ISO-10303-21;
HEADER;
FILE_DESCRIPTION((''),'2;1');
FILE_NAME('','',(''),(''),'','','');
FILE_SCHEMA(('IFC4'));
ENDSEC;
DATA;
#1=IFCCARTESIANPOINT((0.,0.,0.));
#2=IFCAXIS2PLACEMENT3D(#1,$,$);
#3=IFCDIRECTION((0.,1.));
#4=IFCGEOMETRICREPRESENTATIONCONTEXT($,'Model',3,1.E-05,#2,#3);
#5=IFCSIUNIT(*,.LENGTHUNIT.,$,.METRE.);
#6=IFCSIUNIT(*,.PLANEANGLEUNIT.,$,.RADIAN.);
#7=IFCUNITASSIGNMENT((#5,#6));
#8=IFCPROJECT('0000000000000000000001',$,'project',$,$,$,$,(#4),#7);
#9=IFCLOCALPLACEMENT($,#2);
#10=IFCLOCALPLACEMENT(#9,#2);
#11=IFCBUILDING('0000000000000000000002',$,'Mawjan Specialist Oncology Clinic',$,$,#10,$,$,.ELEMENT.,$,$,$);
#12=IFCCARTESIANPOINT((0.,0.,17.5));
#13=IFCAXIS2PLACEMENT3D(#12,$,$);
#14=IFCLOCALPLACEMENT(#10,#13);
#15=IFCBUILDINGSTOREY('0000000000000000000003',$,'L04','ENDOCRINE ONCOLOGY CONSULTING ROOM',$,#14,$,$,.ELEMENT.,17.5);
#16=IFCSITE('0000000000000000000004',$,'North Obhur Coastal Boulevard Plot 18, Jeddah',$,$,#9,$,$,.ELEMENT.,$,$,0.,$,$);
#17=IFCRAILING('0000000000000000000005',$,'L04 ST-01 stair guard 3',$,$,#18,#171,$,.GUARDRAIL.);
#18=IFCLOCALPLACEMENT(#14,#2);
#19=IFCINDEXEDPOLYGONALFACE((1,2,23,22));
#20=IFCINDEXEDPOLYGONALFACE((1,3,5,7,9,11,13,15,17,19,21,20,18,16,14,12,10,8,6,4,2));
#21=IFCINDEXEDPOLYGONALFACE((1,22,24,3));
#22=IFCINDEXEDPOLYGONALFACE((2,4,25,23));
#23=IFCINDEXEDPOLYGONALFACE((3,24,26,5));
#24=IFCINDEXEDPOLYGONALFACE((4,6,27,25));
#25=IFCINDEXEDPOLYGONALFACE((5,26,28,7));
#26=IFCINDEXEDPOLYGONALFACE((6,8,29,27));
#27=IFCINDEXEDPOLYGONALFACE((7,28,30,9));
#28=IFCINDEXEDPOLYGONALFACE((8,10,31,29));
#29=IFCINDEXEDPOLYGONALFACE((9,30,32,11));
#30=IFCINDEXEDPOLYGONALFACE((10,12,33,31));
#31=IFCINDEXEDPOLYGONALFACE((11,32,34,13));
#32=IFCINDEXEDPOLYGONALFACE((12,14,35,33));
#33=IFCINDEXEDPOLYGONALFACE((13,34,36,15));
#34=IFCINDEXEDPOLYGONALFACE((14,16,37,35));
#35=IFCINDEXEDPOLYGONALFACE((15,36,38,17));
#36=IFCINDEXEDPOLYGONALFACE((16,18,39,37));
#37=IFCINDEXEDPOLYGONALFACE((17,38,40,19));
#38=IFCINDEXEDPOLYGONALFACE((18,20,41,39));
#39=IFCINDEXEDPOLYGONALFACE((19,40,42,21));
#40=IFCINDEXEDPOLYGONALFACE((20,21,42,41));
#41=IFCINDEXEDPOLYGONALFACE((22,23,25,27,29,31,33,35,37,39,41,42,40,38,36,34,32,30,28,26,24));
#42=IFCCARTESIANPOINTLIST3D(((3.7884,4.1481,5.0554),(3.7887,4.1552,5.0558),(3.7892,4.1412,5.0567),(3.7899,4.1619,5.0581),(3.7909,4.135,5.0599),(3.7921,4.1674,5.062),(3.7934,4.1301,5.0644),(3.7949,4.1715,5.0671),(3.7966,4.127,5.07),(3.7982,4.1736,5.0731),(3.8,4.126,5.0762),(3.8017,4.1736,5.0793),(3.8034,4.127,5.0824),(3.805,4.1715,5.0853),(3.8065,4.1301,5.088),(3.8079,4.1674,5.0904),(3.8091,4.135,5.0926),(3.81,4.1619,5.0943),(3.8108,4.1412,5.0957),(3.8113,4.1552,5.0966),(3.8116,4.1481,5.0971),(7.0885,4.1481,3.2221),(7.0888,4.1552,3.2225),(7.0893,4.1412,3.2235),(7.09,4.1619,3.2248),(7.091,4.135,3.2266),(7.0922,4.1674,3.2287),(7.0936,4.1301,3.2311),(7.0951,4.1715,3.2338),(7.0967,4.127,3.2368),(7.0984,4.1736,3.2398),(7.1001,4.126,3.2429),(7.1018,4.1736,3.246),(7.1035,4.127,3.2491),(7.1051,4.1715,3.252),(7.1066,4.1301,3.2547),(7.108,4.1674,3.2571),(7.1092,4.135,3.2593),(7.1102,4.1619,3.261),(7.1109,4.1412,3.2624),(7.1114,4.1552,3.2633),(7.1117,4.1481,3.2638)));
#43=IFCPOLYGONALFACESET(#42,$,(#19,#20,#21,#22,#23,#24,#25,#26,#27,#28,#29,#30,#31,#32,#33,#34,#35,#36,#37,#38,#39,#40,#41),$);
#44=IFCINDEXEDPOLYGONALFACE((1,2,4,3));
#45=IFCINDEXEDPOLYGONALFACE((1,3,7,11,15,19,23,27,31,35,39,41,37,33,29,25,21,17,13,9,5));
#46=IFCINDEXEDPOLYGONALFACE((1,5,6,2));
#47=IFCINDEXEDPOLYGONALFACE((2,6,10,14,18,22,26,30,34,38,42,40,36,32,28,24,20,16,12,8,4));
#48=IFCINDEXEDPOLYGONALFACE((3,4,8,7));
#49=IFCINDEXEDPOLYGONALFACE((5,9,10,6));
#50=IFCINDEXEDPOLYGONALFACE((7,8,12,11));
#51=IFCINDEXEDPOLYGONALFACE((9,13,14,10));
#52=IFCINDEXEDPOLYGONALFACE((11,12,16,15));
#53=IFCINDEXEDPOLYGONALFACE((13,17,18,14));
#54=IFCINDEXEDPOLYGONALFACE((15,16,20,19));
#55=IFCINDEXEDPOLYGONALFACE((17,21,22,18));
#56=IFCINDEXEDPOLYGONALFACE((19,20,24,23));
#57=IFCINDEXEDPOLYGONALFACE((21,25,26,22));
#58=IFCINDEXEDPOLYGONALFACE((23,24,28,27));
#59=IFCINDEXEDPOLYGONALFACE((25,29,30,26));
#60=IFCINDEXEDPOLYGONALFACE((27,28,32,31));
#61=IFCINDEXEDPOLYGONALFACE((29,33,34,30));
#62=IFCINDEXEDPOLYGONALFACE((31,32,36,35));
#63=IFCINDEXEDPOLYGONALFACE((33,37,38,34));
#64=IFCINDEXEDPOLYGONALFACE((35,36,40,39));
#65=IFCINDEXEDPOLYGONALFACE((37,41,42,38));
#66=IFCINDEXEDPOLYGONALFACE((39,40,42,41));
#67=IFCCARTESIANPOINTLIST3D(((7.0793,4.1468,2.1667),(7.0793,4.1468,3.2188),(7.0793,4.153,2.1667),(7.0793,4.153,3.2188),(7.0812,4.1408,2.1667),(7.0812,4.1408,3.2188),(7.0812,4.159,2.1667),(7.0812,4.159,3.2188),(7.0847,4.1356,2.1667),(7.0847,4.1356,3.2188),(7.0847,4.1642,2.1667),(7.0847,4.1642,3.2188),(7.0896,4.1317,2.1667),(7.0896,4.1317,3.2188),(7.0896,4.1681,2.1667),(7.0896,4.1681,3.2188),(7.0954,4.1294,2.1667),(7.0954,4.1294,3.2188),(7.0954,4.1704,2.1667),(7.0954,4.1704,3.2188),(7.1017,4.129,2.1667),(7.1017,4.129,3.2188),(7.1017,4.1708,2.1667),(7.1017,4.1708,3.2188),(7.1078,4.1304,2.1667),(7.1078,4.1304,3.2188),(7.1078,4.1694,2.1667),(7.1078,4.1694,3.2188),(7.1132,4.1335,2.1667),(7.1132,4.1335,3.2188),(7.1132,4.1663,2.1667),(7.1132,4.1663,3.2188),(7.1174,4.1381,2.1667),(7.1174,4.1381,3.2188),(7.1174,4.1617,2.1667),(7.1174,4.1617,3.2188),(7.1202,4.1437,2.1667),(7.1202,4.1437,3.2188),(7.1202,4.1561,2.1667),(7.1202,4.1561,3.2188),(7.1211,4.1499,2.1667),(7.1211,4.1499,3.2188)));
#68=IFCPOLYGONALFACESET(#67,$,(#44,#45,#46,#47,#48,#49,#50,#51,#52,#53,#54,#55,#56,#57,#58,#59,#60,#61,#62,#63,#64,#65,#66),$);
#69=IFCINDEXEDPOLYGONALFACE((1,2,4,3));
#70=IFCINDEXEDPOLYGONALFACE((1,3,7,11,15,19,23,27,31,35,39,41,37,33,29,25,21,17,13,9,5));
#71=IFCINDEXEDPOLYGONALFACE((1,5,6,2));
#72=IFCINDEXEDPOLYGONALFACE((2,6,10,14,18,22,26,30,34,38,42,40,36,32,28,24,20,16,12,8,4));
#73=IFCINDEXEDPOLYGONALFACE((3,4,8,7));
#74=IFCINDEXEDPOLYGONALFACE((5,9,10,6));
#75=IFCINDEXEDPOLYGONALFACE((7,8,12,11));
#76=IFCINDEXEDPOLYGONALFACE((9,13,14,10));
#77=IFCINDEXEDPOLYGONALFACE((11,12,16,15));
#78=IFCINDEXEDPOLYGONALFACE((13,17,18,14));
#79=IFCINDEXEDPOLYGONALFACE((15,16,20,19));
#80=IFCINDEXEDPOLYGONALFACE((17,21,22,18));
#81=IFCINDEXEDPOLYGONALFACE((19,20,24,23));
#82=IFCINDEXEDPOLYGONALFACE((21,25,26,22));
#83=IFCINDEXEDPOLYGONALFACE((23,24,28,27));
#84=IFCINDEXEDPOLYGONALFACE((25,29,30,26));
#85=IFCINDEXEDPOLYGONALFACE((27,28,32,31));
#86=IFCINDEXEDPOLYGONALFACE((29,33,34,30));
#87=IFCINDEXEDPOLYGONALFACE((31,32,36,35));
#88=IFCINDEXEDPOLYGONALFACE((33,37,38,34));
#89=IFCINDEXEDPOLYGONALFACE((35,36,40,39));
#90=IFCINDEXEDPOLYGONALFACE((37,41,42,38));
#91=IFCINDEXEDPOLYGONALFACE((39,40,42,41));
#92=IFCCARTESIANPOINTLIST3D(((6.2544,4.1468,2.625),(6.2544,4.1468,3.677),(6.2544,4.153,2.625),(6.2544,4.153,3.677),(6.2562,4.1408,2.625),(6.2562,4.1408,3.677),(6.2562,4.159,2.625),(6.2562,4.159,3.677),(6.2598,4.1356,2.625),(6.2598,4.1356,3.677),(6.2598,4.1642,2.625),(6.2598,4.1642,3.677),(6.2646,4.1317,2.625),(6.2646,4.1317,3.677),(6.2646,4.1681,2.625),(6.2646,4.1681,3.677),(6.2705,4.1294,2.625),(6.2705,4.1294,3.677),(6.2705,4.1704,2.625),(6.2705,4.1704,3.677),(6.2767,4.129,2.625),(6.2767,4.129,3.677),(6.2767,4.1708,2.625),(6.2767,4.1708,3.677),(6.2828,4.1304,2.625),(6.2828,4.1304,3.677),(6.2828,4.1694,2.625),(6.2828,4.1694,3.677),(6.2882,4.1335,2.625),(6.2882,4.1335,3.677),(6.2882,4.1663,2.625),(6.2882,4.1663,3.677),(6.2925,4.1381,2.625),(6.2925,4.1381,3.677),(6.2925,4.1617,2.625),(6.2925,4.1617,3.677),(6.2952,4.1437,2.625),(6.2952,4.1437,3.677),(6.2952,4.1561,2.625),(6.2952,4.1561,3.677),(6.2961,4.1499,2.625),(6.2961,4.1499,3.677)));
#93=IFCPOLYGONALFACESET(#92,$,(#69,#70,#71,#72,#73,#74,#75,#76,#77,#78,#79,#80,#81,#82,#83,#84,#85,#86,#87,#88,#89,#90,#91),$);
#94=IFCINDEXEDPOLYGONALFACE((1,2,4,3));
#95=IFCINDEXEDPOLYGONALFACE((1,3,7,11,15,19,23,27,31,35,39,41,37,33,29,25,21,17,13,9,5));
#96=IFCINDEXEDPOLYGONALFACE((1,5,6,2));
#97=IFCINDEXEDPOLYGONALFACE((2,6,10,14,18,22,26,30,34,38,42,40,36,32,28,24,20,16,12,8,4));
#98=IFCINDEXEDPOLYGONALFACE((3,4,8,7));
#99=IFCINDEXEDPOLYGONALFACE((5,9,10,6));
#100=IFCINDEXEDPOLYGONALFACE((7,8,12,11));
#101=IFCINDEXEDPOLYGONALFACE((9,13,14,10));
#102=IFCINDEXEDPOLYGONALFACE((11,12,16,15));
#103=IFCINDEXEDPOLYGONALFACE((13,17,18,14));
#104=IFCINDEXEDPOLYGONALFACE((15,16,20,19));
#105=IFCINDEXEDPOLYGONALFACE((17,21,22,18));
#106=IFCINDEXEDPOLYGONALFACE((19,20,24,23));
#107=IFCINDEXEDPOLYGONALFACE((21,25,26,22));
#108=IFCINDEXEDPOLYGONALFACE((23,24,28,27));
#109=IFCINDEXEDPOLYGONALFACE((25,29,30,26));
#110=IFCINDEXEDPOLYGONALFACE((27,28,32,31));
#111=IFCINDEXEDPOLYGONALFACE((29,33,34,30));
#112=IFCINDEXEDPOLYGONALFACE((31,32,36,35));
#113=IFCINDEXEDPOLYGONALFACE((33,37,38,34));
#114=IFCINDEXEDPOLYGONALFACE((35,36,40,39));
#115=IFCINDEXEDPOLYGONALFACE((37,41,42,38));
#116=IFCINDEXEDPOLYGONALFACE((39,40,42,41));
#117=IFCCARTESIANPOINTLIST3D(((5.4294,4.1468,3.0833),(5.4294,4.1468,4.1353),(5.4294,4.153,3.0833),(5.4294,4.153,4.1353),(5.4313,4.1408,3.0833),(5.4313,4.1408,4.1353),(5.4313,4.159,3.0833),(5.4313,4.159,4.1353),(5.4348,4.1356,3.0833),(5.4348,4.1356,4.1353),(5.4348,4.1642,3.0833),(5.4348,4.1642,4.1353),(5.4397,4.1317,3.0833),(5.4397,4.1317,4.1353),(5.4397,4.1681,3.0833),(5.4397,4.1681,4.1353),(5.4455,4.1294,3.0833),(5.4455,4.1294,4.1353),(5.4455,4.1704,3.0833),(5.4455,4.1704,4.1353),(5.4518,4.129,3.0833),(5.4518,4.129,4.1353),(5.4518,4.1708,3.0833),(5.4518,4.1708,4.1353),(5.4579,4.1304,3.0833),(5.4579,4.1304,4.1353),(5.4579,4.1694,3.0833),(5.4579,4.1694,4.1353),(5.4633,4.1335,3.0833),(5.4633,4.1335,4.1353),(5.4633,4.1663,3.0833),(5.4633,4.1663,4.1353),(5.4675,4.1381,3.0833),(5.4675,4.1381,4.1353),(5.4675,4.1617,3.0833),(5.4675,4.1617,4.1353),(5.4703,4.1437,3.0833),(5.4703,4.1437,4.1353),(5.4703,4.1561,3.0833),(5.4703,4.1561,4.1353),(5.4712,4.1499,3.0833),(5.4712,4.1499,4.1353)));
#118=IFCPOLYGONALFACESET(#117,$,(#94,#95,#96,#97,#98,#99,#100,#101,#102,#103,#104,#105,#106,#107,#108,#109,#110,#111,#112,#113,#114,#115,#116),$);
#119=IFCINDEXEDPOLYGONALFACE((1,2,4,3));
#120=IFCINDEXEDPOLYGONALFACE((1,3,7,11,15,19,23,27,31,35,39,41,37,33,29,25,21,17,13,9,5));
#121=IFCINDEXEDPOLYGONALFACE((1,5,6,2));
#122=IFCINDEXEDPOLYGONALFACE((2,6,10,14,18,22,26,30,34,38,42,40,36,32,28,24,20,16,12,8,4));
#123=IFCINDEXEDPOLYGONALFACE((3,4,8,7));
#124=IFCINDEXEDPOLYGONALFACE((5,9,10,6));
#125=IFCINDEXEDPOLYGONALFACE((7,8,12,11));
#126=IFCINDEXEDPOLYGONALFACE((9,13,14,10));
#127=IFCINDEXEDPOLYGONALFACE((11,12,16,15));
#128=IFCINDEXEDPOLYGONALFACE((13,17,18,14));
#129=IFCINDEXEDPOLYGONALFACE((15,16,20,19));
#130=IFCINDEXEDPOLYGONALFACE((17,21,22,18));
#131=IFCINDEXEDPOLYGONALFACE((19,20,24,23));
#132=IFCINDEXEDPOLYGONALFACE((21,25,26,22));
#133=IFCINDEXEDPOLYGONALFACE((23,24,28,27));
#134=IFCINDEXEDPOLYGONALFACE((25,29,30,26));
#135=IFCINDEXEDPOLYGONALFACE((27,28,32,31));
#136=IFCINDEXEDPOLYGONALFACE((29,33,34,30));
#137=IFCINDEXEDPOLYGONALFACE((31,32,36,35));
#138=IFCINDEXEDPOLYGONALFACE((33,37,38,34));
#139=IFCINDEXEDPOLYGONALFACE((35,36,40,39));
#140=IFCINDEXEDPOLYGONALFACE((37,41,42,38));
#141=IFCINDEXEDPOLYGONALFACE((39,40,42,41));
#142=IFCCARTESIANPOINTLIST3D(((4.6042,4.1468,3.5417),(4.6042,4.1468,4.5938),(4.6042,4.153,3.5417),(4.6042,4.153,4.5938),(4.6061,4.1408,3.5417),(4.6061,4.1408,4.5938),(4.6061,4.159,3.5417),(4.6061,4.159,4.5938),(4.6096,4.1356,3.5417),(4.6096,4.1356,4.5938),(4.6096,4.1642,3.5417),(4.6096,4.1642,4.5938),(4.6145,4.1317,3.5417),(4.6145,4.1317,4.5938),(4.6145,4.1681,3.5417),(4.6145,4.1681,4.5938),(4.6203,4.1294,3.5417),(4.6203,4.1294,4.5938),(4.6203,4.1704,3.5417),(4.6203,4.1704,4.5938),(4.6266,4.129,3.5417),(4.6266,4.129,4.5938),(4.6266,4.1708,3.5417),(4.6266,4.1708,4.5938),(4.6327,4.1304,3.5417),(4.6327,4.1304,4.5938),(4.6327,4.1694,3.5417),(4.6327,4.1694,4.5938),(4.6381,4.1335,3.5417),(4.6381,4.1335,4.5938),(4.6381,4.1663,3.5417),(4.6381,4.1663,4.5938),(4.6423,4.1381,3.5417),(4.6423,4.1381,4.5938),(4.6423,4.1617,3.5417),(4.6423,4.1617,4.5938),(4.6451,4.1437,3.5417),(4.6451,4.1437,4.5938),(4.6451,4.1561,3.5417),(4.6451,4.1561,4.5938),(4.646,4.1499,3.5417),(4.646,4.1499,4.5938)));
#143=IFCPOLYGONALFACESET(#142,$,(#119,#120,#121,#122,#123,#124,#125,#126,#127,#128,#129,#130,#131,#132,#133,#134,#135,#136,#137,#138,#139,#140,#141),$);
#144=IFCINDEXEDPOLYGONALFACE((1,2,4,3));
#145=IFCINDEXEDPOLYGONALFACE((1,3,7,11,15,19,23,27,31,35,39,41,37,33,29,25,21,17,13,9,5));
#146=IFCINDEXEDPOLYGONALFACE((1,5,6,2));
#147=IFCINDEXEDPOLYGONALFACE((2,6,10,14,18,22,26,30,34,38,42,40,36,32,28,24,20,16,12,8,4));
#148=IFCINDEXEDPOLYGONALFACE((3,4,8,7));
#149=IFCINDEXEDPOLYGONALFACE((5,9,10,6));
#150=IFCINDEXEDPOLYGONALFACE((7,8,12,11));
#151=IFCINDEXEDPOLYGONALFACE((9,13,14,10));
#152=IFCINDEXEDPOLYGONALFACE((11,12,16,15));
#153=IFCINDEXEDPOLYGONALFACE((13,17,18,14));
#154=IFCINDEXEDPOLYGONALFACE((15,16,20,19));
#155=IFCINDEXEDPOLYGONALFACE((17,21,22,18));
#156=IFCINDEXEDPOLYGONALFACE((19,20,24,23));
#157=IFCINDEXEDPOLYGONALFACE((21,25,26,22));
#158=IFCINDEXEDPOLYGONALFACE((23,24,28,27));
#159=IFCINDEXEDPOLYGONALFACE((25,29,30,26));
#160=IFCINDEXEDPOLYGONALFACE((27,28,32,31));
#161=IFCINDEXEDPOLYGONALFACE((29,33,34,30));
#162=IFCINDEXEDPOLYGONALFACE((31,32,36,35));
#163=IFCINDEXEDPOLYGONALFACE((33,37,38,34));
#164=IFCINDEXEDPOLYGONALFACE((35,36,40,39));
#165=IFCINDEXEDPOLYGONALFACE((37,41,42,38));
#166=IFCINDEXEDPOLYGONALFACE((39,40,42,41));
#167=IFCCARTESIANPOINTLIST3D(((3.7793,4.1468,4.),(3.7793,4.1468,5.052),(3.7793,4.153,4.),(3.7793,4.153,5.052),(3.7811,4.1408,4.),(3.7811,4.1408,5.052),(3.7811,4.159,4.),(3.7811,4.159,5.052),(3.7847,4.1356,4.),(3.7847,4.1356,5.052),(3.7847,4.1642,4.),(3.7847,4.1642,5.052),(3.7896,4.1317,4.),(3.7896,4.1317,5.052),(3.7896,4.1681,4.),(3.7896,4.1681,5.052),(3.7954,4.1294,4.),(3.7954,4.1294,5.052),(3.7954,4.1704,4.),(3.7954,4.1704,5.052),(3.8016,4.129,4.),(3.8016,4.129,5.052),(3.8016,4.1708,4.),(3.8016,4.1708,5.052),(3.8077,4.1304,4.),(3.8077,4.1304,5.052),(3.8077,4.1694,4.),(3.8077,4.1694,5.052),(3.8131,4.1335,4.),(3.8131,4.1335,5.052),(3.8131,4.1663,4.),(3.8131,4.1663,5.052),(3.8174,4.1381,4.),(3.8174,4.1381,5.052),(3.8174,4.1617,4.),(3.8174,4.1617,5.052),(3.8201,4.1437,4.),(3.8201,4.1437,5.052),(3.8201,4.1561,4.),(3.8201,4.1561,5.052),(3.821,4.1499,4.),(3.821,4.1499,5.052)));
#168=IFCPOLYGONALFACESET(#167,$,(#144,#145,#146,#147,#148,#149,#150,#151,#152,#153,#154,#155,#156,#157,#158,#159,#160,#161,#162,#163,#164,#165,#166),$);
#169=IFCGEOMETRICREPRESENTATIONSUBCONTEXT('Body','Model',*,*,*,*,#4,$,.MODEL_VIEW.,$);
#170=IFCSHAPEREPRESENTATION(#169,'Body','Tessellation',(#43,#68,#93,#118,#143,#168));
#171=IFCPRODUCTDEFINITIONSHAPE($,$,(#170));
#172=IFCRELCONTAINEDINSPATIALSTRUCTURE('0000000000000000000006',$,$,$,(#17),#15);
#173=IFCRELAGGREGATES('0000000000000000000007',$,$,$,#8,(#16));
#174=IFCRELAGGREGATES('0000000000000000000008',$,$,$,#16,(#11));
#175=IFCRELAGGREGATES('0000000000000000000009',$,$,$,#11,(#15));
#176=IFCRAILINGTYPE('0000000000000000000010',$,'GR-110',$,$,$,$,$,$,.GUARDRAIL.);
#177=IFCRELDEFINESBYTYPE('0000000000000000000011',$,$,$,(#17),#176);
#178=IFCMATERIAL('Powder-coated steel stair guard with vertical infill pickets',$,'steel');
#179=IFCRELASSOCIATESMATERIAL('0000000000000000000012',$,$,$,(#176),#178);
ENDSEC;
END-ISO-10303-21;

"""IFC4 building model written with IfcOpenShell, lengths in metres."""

from ifc_helpers import new_model, si_unit, direction, frame, origin, origin_2d, place, context, subcontext, project, spatial, circle, extrude, material, type_object, element, save


model = new_model("IFC4")

# Units and contexts
model_context = context("Model", 3, precision=1e-05, world=origin(), true_north=direction((0.0, 1.0)))
body_context = subcontext(model_context, "Body", "Model", "MODEL_VIEW")
ifc_project = project(units=[si_unit("LENGTHUNIT", "METRE"), si_unit("PLANEANGLEUNIT", "RADIAN")], contexts=[model_context])

# Site, building, storey
site_placement = place(None, origin())
site = spatial("IfcSite", under=ifc_project, at=site_placement, Name="North Obhur Coastal Boulevard Plot 18, Jeddah", CompositionType="ELEMENT", RefElevation=0.0)
building_placement = place(site_placement, origin())
building = spatial("IfcBuilding", under=site, at=building_placement, Name="Mawjan Specialist Oncology Clinic", CompositionType="ELEMENT")
storey_placement = place(building_placement, frame((0.0, 0.0, 17.5)))
storey = spatial("IfcBuildingStorey", under=building, at=storey_placement, Name="L04", Description="ENDOCRINE ONCOLOGY CONSULTING ROOM", CompositionType="ELEMENT", Elevation=17.5)

# Railing
ifc_material_1 = material(Name="Powder-coated steel stair guard with vertical infill pickets", Category="steel")
railing_type_1 = type_object("IfcRailingType", Name="GR-110", PredefinedType="GUARDRAIL", material=ifc_material_1)
railing_1_placement = place(storey_placement, frame((7.1001, 4.1499, 2.1667)))
element("IfcRailing", 1, at=railing_1_placement, inside=storey, type_object=railing_type_1, Name="L04 ST-01 stair guard 3", PredefinedType="GUARDRAIL", context=body_context, shape_type="SweptSolid", body=[
    extrude(circle(Radius=0.0239, at=origin_2d()), frame((0.0, 0.0, 1.0762), z_axis=(-0.874169, 0.0, 0.485621), x_axis=(0.0, -1.0, 0.0)), (0.0, 0.0, 1.0), 3.7751),
    extrude(circle(Radius=0.021, at=origin_2d()), origin(), (0.0, 0.0, 1.0), 1.052),
    extrude(circle(Radius=0.021, at=origin_2d()), frame((-0.825, 0.0, 0.4583)), (0.0, 0.0, 1.0), 1.052),
    extrude(circle(Radius=0.021, at=origin_2d()), frame((-1.6499, 0.0, 0.9165)), (0.0, 0.0, 1.0), 1.052),
    extrude(circle(Radius=0.021, at=origin_2d()), frame((-2.4751, 0.0, 1.375)), (0.0, 0.0, 1.0), 1.052),
    extrude(circle(Radius=0.021, at=origin_2d()), frame((-3.3, 0.0, 1.8333)), (0.0, 0.0, 1.0), 1.052),
])

save(model, "model.ifc")
